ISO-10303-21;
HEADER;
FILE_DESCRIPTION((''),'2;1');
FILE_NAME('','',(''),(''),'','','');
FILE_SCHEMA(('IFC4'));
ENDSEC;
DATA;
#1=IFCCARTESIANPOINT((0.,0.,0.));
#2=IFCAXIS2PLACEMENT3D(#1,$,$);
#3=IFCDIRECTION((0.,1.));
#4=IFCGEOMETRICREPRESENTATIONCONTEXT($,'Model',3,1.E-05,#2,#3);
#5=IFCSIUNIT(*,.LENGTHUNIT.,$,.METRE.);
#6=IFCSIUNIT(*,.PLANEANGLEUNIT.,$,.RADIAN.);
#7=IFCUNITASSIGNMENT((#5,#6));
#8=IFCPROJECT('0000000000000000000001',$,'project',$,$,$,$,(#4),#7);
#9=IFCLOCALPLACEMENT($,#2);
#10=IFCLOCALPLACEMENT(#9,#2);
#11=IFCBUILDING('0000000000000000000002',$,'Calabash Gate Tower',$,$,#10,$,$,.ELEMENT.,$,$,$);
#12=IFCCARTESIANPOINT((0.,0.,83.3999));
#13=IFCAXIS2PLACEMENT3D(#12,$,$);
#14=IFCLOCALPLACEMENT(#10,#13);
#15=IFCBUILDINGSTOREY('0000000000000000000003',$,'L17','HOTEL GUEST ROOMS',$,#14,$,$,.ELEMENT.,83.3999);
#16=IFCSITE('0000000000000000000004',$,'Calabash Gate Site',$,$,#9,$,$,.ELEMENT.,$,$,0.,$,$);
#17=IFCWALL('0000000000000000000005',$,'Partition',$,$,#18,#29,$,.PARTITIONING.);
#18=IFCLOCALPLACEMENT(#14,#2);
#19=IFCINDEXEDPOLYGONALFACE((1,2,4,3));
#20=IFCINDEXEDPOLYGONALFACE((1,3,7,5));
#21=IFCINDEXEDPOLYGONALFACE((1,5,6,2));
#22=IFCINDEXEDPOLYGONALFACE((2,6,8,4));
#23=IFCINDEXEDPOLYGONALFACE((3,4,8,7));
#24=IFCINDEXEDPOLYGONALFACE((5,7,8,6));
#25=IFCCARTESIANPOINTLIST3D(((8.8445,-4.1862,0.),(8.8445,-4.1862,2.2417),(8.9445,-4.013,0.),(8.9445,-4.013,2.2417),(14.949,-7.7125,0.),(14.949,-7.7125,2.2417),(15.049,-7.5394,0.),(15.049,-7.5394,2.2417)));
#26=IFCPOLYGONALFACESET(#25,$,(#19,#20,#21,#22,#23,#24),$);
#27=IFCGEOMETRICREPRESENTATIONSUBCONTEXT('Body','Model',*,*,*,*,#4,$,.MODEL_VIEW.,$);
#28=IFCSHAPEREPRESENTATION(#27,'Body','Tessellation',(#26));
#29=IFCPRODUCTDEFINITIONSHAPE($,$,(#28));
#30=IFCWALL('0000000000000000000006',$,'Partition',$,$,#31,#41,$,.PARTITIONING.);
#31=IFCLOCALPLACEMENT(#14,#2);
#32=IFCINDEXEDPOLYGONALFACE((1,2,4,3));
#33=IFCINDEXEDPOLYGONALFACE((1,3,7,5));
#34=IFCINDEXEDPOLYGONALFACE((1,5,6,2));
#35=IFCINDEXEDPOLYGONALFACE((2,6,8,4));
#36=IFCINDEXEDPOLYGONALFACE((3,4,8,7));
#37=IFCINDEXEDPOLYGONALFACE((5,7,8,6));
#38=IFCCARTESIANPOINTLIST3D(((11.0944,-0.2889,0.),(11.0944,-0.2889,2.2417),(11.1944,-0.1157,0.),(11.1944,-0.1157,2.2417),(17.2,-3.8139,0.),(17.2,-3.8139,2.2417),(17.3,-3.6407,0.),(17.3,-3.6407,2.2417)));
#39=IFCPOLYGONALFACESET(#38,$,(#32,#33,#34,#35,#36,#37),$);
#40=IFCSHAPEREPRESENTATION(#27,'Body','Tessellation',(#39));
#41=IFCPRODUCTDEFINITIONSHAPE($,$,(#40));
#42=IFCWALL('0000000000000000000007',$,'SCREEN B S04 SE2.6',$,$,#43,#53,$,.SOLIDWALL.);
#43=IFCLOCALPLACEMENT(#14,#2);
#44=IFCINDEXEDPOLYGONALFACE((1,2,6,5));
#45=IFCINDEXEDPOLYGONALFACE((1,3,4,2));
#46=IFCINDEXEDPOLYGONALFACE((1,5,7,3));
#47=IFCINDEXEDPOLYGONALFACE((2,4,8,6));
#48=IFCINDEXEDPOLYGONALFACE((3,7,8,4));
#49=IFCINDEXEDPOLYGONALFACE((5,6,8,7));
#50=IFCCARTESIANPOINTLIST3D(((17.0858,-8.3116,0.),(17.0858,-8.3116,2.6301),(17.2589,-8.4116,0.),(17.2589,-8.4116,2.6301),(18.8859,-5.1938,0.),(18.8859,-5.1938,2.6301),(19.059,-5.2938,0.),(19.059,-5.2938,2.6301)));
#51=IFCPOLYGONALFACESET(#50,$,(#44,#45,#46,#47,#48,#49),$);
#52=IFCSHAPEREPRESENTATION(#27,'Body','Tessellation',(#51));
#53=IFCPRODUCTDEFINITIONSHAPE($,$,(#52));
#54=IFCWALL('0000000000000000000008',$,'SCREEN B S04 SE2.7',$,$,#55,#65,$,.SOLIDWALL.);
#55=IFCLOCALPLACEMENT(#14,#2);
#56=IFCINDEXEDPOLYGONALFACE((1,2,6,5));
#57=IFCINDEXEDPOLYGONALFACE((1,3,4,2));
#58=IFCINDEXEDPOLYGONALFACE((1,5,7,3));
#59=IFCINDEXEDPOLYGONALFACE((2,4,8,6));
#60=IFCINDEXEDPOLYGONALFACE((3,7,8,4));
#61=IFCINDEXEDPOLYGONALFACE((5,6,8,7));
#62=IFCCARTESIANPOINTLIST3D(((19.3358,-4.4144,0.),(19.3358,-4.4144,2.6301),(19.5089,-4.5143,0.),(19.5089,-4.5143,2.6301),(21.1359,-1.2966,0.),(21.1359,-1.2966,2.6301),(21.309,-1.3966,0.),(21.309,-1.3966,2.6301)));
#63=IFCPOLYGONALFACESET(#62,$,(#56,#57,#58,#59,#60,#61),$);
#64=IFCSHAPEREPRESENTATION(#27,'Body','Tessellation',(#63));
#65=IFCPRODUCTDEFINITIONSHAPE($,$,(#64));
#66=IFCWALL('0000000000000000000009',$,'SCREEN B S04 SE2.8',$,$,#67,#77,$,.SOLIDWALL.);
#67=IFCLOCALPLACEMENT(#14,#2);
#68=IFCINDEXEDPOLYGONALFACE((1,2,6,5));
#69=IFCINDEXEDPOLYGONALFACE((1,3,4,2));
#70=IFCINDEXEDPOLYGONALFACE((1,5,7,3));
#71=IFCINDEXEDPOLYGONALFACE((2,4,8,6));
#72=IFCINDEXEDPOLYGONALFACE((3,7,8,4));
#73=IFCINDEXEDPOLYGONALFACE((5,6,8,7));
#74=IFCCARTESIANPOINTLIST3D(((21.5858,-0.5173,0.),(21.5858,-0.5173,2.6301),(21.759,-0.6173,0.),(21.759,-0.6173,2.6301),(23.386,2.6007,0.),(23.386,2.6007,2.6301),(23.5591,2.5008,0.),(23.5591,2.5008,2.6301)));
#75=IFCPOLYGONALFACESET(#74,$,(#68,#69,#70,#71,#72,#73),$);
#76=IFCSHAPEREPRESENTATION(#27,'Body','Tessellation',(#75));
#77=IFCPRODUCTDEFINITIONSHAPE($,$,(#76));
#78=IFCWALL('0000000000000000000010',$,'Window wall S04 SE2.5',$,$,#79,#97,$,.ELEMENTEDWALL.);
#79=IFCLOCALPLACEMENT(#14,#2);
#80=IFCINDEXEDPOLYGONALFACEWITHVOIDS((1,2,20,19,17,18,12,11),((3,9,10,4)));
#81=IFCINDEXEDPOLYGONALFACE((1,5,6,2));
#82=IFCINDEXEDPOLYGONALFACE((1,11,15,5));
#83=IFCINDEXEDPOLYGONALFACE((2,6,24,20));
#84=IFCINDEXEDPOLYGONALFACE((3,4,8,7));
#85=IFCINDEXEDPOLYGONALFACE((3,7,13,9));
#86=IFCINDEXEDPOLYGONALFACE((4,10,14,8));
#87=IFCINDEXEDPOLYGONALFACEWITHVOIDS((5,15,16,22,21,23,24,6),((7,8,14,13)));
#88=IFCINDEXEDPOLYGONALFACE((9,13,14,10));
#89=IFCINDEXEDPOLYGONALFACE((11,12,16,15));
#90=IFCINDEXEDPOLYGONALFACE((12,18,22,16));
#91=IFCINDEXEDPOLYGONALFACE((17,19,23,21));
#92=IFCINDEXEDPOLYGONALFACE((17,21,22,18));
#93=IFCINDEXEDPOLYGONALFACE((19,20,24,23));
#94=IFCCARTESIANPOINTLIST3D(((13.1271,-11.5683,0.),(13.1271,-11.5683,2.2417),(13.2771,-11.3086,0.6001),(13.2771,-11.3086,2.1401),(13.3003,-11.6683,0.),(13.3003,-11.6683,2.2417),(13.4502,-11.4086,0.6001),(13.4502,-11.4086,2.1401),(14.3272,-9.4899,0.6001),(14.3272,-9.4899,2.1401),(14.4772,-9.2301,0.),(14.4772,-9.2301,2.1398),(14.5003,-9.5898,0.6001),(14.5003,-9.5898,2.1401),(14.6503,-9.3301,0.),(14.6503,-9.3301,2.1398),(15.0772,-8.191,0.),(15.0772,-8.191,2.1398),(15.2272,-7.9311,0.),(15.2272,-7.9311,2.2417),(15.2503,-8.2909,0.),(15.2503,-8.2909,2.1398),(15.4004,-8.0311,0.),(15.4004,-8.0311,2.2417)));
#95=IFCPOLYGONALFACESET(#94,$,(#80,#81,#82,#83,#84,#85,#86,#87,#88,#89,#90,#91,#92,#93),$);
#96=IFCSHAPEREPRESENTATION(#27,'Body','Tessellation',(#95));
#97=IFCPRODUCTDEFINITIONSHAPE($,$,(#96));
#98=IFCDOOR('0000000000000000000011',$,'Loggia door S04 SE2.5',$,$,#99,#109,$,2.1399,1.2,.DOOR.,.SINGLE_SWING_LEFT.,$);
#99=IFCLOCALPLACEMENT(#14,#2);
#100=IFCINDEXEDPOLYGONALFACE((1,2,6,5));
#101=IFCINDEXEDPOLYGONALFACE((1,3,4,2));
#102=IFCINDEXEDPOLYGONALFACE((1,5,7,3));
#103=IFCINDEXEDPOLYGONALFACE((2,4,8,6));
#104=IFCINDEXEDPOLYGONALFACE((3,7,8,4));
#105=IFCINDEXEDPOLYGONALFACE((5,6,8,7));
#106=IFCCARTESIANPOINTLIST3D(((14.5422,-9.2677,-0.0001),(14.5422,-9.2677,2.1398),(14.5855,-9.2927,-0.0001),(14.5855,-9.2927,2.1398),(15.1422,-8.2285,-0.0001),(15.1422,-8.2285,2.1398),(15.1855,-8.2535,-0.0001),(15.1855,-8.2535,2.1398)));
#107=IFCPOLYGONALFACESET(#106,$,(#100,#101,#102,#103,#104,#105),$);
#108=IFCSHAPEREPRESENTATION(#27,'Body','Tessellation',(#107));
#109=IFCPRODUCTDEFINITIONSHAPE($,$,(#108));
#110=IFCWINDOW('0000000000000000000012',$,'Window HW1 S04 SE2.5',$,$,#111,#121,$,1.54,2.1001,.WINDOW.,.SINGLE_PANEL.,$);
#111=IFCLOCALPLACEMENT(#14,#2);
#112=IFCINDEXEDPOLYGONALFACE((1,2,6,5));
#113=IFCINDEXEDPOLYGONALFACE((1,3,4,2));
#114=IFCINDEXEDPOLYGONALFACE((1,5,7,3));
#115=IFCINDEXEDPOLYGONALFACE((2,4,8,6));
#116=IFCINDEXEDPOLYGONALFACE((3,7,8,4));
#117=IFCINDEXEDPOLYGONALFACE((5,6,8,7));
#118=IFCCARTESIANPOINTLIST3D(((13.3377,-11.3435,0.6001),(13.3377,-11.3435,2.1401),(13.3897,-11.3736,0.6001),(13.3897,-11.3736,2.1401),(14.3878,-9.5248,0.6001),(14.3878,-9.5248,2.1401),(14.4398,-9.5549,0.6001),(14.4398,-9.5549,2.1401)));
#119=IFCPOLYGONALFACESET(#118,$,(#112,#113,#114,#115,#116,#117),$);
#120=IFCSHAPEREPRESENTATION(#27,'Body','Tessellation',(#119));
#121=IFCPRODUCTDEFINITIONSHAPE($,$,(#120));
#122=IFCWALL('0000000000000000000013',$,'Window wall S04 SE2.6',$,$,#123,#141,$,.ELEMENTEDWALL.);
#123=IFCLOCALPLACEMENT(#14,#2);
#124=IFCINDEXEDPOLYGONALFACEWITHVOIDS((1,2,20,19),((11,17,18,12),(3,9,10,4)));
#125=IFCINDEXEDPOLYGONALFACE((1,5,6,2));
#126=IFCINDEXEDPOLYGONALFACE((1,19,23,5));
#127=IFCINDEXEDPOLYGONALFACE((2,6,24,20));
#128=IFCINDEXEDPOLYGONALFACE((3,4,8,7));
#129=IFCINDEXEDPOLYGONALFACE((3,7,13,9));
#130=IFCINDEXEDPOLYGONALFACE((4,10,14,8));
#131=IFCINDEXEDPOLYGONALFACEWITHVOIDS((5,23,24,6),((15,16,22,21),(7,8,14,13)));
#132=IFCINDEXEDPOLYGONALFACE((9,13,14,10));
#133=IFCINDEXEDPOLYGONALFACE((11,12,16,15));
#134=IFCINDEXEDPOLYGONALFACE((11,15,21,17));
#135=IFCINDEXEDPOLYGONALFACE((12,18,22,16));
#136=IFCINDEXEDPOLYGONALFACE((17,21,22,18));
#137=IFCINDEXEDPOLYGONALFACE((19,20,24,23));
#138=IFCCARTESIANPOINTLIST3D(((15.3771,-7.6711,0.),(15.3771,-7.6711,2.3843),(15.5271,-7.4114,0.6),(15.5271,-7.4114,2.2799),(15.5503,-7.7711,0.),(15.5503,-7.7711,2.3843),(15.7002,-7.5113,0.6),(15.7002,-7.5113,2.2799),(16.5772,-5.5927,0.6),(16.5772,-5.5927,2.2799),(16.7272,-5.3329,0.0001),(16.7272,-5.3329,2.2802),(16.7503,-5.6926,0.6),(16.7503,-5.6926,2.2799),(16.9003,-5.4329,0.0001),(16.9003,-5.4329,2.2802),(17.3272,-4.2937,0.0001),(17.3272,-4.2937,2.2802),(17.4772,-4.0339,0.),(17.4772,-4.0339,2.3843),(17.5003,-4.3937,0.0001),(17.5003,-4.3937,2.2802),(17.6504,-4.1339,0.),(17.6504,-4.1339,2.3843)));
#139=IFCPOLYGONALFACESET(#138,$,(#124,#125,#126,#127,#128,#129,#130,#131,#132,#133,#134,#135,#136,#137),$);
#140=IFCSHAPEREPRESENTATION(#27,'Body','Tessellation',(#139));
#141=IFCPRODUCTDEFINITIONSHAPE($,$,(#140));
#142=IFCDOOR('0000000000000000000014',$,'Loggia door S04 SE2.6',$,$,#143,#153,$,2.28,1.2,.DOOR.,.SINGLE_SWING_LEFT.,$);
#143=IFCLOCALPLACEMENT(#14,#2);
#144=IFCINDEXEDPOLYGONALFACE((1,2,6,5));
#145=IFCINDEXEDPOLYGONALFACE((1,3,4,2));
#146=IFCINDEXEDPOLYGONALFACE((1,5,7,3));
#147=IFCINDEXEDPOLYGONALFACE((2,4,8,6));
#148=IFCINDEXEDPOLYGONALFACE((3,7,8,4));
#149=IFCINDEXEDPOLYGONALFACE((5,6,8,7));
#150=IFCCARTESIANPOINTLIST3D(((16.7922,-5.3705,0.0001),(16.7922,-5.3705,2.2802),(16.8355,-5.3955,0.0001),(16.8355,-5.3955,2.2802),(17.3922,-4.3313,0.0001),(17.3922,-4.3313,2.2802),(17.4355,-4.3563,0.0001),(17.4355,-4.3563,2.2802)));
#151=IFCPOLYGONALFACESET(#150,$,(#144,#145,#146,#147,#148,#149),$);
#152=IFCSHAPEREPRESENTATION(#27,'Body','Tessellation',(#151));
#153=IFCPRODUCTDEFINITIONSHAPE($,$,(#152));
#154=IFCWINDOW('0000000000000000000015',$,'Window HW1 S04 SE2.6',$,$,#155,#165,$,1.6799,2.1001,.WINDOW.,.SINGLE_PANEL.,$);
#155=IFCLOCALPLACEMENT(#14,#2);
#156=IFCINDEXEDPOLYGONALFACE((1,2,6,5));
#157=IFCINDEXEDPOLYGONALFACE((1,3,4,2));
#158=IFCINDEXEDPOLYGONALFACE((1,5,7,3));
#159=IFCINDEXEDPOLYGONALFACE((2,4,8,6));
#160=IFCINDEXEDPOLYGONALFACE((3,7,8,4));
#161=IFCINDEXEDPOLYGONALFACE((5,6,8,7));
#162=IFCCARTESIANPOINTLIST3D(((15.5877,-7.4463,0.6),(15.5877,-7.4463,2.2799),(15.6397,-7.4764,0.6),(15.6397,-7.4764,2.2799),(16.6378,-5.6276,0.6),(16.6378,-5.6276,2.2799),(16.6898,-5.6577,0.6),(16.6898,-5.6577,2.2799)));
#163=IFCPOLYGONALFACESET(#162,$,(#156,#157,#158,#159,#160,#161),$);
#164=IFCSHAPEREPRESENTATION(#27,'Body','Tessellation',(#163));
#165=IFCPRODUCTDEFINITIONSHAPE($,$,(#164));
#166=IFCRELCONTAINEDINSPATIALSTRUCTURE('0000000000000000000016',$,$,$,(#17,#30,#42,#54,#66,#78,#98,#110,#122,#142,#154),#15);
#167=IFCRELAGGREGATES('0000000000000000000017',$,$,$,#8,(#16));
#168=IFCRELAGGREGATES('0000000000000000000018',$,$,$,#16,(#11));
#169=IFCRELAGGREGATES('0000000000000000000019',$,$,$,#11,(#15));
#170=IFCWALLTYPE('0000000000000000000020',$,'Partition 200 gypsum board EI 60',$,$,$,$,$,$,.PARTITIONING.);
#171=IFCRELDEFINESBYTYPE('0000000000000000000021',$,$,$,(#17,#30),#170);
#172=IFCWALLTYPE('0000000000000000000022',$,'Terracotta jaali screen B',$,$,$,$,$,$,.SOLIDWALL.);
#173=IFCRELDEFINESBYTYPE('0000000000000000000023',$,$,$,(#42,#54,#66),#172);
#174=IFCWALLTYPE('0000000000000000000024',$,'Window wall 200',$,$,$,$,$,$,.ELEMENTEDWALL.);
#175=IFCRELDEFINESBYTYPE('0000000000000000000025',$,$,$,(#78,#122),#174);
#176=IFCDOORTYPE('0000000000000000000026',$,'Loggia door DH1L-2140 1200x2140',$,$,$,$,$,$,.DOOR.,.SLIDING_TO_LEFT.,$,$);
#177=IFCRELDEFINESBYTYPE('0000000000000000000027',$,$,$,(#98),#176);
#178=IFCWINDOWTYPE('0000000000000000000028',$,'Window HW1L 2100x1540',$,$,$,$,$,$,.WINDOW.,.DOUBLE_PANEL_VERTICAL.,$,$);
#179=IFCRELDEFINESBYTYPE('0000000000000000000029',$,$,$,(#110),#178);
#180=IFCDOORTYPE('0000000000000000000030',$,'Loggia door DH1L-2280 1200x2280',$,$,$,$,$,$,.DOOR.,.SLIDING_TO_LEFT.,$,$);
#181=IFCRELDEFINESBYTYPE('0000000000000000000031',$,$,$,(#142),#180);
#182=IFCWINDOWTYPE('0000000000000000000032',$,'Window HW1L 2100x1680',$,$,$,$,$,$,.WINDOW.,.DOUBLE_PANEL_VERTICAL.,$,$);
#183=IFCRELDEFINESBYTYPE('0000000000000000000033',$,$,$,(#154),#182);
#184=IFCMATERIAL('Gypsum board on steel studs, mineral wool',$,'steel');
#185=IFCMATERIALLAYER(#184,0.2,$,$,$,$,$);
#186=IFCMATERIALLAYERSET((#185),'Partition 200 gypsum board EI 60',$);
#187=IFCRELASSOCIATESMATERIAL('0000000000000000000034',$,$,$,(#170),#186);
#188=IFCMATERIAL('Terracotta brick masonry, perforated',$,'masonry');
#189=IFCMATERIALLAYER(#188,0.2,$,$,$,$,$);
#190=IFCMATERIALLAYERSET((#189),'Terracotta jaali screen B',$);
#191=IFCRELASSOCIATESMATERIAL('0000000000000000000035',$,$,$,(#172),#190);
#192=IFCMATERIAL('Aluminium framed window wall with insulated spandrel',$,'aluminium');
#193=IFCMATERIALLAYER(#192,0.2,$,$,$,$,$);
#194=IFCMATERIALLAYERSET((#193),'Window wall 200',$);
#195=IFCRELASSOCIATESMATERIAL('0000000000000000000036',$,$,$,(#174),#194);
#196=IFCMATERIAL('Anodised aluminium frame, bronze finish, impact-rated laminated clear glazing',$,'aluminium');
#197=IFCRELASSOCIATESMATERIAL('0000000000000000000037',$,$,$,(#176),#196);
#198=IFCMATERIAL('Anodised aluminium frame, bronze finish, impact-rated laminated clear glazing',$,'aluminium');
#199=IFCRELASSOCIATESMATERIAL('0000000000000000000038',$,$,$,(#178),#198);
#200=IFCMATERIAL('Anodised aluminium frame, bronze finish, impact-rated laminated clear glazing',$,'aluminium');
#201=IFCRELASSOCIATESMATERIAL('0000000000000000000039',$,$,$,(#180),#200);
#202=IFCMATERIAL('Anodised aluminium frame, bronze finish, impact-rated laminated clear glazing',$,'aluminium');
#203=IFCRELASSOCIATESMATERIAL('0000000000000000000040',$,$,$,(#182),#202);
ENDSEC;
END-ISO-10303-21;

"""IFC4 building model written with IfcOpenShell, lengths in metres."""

from ifc_helpers import new_model, si_unit, direction, frame, frame_2d, origin, place, context, subcontext, project, spatial, rectangle, extrude, material, layer, layer_set, type_object, element, fill, save


model = new_model("IFC4")

# Units and contexts
model_context = context("Model", 3, precision=1e-05, world=origin(), true_north=direction((0.0, 1.0)))
body_context = subcontext(model_context, "Body", "Model", "MODEL_VIEW")
ifc_project = project(units=[si_unit("LENGTHUNIT", "METRE"), si_unit("PLANEANGLEUNIT", "RADIAN")], contexts=[model_context])

# Site, building, storey
site_placement = place(None, origin())
site = spatial("IfcSite", under=ifc_project, at=site_placement, Name="Calabash Gate Site", CompositionType="ELEMENT", RefElevation=0.0)
building_placement = place(site_placement, origin())
building = spatial("IfcBuilding", under=site, at=building_placement, Name="Calabash Gate Tower", CompositionType="ELEMENT")
storey_placement = place(building_placement, frame((0.0, 0.0, 83.3999)))
storey = spatial("IfcBuildingStorey", under=building, at=storey_placement, Name="L17", Description="HOTEL GUEST ROOMS", CompositionType="ELEMENT", Elevation=83.3999)

# Walls
ifc_material_1 = material(Name="Gypsum board on steel studs, mineral wool", Category="steel")
ifc_layer_1 = layer(ifc_material_1, 0.2)
ifc_layer_set_1 = layer_set([ifc_layer_1], Name="Partition 200 gypsum board EI 60")
wall_type_1 = type_object("IfcWallType", Name="Partition 200 gypsum board EI 60", PredefinedType="PARTITIONING", material=ifc_layer_set_1)
wall_1_placement = place(storey_placement, frame((8.8945, -4.0996, 0.0), z_axis=(0.0, 0.0, 1.0), x_axis=(0.865906, -0.500206, 0.0)))
element("IfcWall", 1, at=wall_1_placement, inside=storey, type_object=wall_type_1, Name="Partition", PredefinedType="PARTITIONING", context=body_context, shape_type="SweptSolid", body=[
    extrude(rectangle(XDim=7.0498, YDim=0.2, at=frame_2d((3.5249, 0.0))), origin(), (0.0, 0.0, 1.0), 2.2417),
])
wall_2_placement = place(storey_placement, frame((11.1445, -0.2024, 0.0), z_axis=(0.0, 0.0, 1.0), x_axis=(0.866031, -0.49999, 0.0)))
element("IfcWall", 2, at=wall_2_placement, inside=storey, type_object=wall_type_1, Name="Partition", PredefinedType="PARTITIONING", context=body_context, shape_type="SweptSolid", body=[
    extrude(rectangle(XDim=7.05, YDim=0.2, at=frame_2d((3.5249, 0.0))), origin(), (0.0, 0.0, 1.0), 2.2417),
])
ifc_material_2 = material(Name="Terracotta brick masonry, perforated", Category="masonry")
ifc_layer_2 = layer(ifc_material_2, 0.2)
ifc_layer_set_2 = layer_set([ifc_layer_2], Name="Terracotta jaali screen B")
wall_type_2 = type_object("IfcWallType", Name="Terracotta jaali screen B", PredefinedType="SOLIDWALL", material=ifc_layer_set_2)
for number, where, z_axis, x_axis, name in (
    (3, (17.1724, -8.3616, 0.0), (0.0, 0.0, 1.0), (0.500012, 0.866018, 0.0), "SCREEN B S04 SE2.6"),
    (4, (19.4224, -4.4644, 0.0), (0.0, 0.0, 1.0), (0.500012, 0.866018, 0.0), "SCREEN B S04 SE2.7"),
):
    element("IfcWall", number, at=place(storey_placement, frame(where, z_axis=z_axis, x_axis=x_axis)), inside=storey, type_object=wall_type_2, Name=name, PredefinedType="SOLIDWALL", context=body_context, shape_type="SweptSolid", body=[
        extrude(rectangle(XDim=3.6001, YDim=0.2, at=frame_2d((1.8, 0.0))), origin(), (0.0, 0.0, 1.0), 2.6301),
    ])
wall_3_placement = place(storey_placement, frame((21.6724, -0.5674, 0.0), z_axis=(0.0, 0.0, 1.0), x_axis=(0.499983, 0.866035, 0.0)))
element("IfcWall", 5, at=wall_3_placement, inside=storey, type_object=wall_type_2, Name="SCREEN B S04 SE2.8", PredefinedType="SOLIDWALL", context=body_context, shape_type="SweptSolid", body=[
    extrude(rectangle(XDim=3.6003, YDim=0.2, at=frame_2d((1.8003, 0.0))), origin(), (0.0, 0.0, 1.0), 2.6301),
])

# Walls, openings, doors, windows
ifc_material_3 = material(Name="Aluminium framed window wall with insulated spandrel", Category="aluminium")
ifc_layer_3 = layer(ifc_material_3, 0.2)
ifc_layer_set_3 = layer_set([ifc_layer_3], Name="Window wall 200")
wall_type_3 = type_object("IfcWallType", Name="Window wall 200", PredefinedType="ELEMENTEDWALL", material=ifc_layer_set_3)
wall_4_placement = place(storey_placement, frame((13.2136, -11.6184, 0.0), z_axis=(0.0, 0.0, 1.0), x_axis=(0.500028, 0.866009, 0.0)))
wall_4 = element("IfcWall", 6, at=wall_4_placement, inside=storey, type_object=wall_type_3, Name="Window wall S04 SE2.5", PredefinedType="ELEMENTEDWALL", context=body_context, shape_type="SweptSolid", body=[
    extrude(rectangle(XDim=4.2, YDim=0.2, at=frame_2d((2.1001, 0.0))), origin(), (0.0, 0.0, 1.0), 2.2417),
])
opening_1_placement = place(wall_4_placement, frame((0.3, 0.0, 0.6001)))
opening_1 = element("IfcOpeningElement", 7, at=opening_1_placement, cuts=wall_4, PredefinedType="OPENING", context=body_context, shape_type="SweptSolid", body=[
    extrude(rectangle(XDim=2.1001, YDim=1.54, at=frame_2d((1.05, 0.77))), frame((0.0, 0.1099, 0.0), z_axis=(0.0, -1.0, 0.0), x_axis=(1.0, 0.0, 0.0)), (0.0, 0.0, 1.0), 0.22),
])
opening_2_placement = place(wall_4_placement, frame((2.7, 0.0, 0.0)))
opening_2 = element("IfcOpeningElement", 8, at=opening_2_placement, cuts=wall_4, PredefinedType="OPENING", context=body_context, shape_type="SweptSolid", body=[
    extrude(rectangle(XDim=1.2, YDim=2.1399, at=frame_2d((0.6001, 1.0698))), frame((0.0, 0.1099, 0.0), z_axis=(0.0, -1.0, 0.0), x_axis=(1.0, 0.0, 0.0)), (0.0, 0.0, 1.0), 0.22),
])
ifc_material_4 = material(Name="Anodised aluminium frame, bronze finish, impact-rated laminated clear glazing", Category="aluminium")
door_type_1 = type_object("IfcDoorType", Name="Loggia door DH1L-2140 1200x2140", OperationType="SLIDING_TO_LEFT", PredefinedType="DOOR", material=ifc_material_4)
door_1_placement = place(opening_2_placement, origin())
door_1 = element("IfcDoor", 9, at=door_1_placement, inside=storey, type_object=door_type_1, Name="Loggia door S04 SE2.5", OperationType="SINGLE_SWING_LEFT", OverallHeight=2.1399, OverallWidth=1.2, PredefinedType="DOOR", context=body_context, shape_type="SweptSolid", body=[
    extrude(rectangle(XDim=1.2, YDim=2.1399, at=frame_2d((0.6001, 1.0698))), frame((0.0, 0.0249, 0.0), z_axis=(0.0, -1.0, 0.0), x_axis=(1.0, 0.0, 0.0)), (0.0, 0.0, 1.0), 0.05),
])
fill(opening_2, door_1)
ifc_material_5 = material(Name="Anodised aluminium frame, bronze finish, impact-rated laminated clear glazing", Category="aluminium")
window_type_1 = type_object("IfcWindowType", Name="Window HW1L 2100x1540", PartitioningType="DOUBLE_PANEL_VERTICAL", PredefinedType="WINDOW", material=ifc_material_5)
window_1_placement = place(opening_1_placement, origin())
window_1 = element("IfcWindow", 10, at=window_1_placement, inside=storey, type_object=window_type_1, Name="Window HW1 S04 SE2.5", OverallHeight=1.54, OverallWidth=2.1001, PartitioningType="SINGLE_PANEL", PredefinedType="WINDOW", context=body_context, shape_type="SweptSolid", body=[
    extrude(rectangle(XDim=2.1001, YDim=1.54, at=frame_2d((1.05, 0.77))), frame((0.0, 0.03, 0.0), z_axis=(0.0, -1.0, 0.0), x_axis=(1.0, 0.0, 0.0)), (0.0, 0.0, 1.0), 0.0601),
])
fill(opening_1, window_1)
wall_5_placement = place(storey_placement, frame((15.4636, -7.7212, 0.0), z_axis=(0.0, 0.0, 1.0), x_axis=(0.500028, 0.866009, 0.0)))
wall_5 = element("IfcWall", 11, at=wall_5_placement, inside=storey, type_object=wall_type_3, Name="Window wall S04 SE2.6", PredefinedType="ELEMENTEDWALL", context=body_context, shape_type="SweptSolid", body=[
    extrude(rectangle(XDim=4.2, YDim=0.2, at=frame_2d((2.1001, 0.0))), origin(), (0.0, 0.0, 1.0), 2.3843),
])
opening_3_placement = place(wall_5_placement, frame((0.3, 0.0, 0.6001)))
opening_3 = element("IfcOpeningElement", 12, at=opening_3_placement, cuts=wall_5, PredefinedType="OPENING", context=body_context, shape_type="SweptSolid", body=[
    extrude(rectangle(XDim=2.1001, YDim=1.6799, at=frame_2d((1.05, 0.8398))), frame((0.0, 0.1099, 0.0), z_axis=(0.0, -1.0, 0.0), x_axis=(1.0, 0.0, 0.0)), (0.0, 0.0, 1.0), 0.22),
])
opening_4_placement = place(wall_5_placement, frame((2.7, 0.0, 0.0)))
opening_4 = element("IfcOpeningElement", 13, at=opening_4_placement, cuts=wall_5, PredefinedType="OPENING", context=body_context, shape_type="SweptSolid", body=[
    extrude(rectangle(XDim=1.2, YDim=2.28, at=frame_2d((0.6001, 1.1401))), frame((0.0, 0.1099, 0.0), z_axis=(0.0, -1.0, 0.0), x_axis=(1.0, 0.0, 0.0)), (0.0, 0.0, 1.0), 0.22),
])
ifc_material_6 = material(Name="Anodised aluminium frame, bronze finish, impact-rated laminated clear glazing", Category="aluminium")
door_type_2 = type_object("IfcDoorType", Name="Loggia door DH1L-2280 1200x2280", OperationType="SLIDING_TO_LEFT", PredefinedType="DOOR", material=ifc_material_6)
door_2_placement = place(opening_4_placement, origin())
door_2 = element("IfcDoor", 14, at=door_2_placement, inside=storey, type_object=door_type_2, Name="Loggia door S04 SE2.6", OperationType="SINGLE_SWING_LEFT", OverallHeight=2.28, OverallWidth=1.2, PredefinedType="DOOR", context=body_context, shape_type="SweptSolid", body=[
    extrude(rectangle(XDim=1.2, YDim=2.28, at=frame_2d((0.6001, 1.1401))), frame((0.0, 0.0249, 0.0), z_axis=(0.0, -1.0, 0.0), x_axis=(1.0, 0.0, 0.0)), (0.0, 0.0, 1.0), 0.05),
])
fill(opening_4, door_2)
ifc_material_7 = material(Name="Anodised aluminium frame, bronze finish, impact-rated laminated clear glazing", Category="aluminium")
window_type_2 = type_object("IfcWindowType", Name="Window HW1L 2100x1680", PartitioningType="DOUBLE_PANEL_VERTICAL", PredefinedType="WINDOW", material=ifc_material_7)
window_2_placement = place(opening_3_placement, origin())
window_2 = element("IfcWindow", 15, at=window_2_placement, inside=storey, type_object=window_type_2, Name="Window HW1 S04 SE2.6", OverallHeight=1.6799, OverallWidth=2.1001, PartitioningType="SINGLE_PANEL", PredefinedType="WINDOW", context=body_context, shape_type="SweptSolid", body=[
    extrude(rectangle(XDim=2.1001, YDim=1.6799, at=frame_2d((1.05, 0.8398))), frame((0.0, 0.03, 0.0), z_axis=(0.0, -1.0, 0.0), x_axis=(1.0, 0.0, 0.0)), (0.0, 0.0, 1.0), 0.0601),
])
fill(opening_3, window_2)

save(model, "model.ifc")
